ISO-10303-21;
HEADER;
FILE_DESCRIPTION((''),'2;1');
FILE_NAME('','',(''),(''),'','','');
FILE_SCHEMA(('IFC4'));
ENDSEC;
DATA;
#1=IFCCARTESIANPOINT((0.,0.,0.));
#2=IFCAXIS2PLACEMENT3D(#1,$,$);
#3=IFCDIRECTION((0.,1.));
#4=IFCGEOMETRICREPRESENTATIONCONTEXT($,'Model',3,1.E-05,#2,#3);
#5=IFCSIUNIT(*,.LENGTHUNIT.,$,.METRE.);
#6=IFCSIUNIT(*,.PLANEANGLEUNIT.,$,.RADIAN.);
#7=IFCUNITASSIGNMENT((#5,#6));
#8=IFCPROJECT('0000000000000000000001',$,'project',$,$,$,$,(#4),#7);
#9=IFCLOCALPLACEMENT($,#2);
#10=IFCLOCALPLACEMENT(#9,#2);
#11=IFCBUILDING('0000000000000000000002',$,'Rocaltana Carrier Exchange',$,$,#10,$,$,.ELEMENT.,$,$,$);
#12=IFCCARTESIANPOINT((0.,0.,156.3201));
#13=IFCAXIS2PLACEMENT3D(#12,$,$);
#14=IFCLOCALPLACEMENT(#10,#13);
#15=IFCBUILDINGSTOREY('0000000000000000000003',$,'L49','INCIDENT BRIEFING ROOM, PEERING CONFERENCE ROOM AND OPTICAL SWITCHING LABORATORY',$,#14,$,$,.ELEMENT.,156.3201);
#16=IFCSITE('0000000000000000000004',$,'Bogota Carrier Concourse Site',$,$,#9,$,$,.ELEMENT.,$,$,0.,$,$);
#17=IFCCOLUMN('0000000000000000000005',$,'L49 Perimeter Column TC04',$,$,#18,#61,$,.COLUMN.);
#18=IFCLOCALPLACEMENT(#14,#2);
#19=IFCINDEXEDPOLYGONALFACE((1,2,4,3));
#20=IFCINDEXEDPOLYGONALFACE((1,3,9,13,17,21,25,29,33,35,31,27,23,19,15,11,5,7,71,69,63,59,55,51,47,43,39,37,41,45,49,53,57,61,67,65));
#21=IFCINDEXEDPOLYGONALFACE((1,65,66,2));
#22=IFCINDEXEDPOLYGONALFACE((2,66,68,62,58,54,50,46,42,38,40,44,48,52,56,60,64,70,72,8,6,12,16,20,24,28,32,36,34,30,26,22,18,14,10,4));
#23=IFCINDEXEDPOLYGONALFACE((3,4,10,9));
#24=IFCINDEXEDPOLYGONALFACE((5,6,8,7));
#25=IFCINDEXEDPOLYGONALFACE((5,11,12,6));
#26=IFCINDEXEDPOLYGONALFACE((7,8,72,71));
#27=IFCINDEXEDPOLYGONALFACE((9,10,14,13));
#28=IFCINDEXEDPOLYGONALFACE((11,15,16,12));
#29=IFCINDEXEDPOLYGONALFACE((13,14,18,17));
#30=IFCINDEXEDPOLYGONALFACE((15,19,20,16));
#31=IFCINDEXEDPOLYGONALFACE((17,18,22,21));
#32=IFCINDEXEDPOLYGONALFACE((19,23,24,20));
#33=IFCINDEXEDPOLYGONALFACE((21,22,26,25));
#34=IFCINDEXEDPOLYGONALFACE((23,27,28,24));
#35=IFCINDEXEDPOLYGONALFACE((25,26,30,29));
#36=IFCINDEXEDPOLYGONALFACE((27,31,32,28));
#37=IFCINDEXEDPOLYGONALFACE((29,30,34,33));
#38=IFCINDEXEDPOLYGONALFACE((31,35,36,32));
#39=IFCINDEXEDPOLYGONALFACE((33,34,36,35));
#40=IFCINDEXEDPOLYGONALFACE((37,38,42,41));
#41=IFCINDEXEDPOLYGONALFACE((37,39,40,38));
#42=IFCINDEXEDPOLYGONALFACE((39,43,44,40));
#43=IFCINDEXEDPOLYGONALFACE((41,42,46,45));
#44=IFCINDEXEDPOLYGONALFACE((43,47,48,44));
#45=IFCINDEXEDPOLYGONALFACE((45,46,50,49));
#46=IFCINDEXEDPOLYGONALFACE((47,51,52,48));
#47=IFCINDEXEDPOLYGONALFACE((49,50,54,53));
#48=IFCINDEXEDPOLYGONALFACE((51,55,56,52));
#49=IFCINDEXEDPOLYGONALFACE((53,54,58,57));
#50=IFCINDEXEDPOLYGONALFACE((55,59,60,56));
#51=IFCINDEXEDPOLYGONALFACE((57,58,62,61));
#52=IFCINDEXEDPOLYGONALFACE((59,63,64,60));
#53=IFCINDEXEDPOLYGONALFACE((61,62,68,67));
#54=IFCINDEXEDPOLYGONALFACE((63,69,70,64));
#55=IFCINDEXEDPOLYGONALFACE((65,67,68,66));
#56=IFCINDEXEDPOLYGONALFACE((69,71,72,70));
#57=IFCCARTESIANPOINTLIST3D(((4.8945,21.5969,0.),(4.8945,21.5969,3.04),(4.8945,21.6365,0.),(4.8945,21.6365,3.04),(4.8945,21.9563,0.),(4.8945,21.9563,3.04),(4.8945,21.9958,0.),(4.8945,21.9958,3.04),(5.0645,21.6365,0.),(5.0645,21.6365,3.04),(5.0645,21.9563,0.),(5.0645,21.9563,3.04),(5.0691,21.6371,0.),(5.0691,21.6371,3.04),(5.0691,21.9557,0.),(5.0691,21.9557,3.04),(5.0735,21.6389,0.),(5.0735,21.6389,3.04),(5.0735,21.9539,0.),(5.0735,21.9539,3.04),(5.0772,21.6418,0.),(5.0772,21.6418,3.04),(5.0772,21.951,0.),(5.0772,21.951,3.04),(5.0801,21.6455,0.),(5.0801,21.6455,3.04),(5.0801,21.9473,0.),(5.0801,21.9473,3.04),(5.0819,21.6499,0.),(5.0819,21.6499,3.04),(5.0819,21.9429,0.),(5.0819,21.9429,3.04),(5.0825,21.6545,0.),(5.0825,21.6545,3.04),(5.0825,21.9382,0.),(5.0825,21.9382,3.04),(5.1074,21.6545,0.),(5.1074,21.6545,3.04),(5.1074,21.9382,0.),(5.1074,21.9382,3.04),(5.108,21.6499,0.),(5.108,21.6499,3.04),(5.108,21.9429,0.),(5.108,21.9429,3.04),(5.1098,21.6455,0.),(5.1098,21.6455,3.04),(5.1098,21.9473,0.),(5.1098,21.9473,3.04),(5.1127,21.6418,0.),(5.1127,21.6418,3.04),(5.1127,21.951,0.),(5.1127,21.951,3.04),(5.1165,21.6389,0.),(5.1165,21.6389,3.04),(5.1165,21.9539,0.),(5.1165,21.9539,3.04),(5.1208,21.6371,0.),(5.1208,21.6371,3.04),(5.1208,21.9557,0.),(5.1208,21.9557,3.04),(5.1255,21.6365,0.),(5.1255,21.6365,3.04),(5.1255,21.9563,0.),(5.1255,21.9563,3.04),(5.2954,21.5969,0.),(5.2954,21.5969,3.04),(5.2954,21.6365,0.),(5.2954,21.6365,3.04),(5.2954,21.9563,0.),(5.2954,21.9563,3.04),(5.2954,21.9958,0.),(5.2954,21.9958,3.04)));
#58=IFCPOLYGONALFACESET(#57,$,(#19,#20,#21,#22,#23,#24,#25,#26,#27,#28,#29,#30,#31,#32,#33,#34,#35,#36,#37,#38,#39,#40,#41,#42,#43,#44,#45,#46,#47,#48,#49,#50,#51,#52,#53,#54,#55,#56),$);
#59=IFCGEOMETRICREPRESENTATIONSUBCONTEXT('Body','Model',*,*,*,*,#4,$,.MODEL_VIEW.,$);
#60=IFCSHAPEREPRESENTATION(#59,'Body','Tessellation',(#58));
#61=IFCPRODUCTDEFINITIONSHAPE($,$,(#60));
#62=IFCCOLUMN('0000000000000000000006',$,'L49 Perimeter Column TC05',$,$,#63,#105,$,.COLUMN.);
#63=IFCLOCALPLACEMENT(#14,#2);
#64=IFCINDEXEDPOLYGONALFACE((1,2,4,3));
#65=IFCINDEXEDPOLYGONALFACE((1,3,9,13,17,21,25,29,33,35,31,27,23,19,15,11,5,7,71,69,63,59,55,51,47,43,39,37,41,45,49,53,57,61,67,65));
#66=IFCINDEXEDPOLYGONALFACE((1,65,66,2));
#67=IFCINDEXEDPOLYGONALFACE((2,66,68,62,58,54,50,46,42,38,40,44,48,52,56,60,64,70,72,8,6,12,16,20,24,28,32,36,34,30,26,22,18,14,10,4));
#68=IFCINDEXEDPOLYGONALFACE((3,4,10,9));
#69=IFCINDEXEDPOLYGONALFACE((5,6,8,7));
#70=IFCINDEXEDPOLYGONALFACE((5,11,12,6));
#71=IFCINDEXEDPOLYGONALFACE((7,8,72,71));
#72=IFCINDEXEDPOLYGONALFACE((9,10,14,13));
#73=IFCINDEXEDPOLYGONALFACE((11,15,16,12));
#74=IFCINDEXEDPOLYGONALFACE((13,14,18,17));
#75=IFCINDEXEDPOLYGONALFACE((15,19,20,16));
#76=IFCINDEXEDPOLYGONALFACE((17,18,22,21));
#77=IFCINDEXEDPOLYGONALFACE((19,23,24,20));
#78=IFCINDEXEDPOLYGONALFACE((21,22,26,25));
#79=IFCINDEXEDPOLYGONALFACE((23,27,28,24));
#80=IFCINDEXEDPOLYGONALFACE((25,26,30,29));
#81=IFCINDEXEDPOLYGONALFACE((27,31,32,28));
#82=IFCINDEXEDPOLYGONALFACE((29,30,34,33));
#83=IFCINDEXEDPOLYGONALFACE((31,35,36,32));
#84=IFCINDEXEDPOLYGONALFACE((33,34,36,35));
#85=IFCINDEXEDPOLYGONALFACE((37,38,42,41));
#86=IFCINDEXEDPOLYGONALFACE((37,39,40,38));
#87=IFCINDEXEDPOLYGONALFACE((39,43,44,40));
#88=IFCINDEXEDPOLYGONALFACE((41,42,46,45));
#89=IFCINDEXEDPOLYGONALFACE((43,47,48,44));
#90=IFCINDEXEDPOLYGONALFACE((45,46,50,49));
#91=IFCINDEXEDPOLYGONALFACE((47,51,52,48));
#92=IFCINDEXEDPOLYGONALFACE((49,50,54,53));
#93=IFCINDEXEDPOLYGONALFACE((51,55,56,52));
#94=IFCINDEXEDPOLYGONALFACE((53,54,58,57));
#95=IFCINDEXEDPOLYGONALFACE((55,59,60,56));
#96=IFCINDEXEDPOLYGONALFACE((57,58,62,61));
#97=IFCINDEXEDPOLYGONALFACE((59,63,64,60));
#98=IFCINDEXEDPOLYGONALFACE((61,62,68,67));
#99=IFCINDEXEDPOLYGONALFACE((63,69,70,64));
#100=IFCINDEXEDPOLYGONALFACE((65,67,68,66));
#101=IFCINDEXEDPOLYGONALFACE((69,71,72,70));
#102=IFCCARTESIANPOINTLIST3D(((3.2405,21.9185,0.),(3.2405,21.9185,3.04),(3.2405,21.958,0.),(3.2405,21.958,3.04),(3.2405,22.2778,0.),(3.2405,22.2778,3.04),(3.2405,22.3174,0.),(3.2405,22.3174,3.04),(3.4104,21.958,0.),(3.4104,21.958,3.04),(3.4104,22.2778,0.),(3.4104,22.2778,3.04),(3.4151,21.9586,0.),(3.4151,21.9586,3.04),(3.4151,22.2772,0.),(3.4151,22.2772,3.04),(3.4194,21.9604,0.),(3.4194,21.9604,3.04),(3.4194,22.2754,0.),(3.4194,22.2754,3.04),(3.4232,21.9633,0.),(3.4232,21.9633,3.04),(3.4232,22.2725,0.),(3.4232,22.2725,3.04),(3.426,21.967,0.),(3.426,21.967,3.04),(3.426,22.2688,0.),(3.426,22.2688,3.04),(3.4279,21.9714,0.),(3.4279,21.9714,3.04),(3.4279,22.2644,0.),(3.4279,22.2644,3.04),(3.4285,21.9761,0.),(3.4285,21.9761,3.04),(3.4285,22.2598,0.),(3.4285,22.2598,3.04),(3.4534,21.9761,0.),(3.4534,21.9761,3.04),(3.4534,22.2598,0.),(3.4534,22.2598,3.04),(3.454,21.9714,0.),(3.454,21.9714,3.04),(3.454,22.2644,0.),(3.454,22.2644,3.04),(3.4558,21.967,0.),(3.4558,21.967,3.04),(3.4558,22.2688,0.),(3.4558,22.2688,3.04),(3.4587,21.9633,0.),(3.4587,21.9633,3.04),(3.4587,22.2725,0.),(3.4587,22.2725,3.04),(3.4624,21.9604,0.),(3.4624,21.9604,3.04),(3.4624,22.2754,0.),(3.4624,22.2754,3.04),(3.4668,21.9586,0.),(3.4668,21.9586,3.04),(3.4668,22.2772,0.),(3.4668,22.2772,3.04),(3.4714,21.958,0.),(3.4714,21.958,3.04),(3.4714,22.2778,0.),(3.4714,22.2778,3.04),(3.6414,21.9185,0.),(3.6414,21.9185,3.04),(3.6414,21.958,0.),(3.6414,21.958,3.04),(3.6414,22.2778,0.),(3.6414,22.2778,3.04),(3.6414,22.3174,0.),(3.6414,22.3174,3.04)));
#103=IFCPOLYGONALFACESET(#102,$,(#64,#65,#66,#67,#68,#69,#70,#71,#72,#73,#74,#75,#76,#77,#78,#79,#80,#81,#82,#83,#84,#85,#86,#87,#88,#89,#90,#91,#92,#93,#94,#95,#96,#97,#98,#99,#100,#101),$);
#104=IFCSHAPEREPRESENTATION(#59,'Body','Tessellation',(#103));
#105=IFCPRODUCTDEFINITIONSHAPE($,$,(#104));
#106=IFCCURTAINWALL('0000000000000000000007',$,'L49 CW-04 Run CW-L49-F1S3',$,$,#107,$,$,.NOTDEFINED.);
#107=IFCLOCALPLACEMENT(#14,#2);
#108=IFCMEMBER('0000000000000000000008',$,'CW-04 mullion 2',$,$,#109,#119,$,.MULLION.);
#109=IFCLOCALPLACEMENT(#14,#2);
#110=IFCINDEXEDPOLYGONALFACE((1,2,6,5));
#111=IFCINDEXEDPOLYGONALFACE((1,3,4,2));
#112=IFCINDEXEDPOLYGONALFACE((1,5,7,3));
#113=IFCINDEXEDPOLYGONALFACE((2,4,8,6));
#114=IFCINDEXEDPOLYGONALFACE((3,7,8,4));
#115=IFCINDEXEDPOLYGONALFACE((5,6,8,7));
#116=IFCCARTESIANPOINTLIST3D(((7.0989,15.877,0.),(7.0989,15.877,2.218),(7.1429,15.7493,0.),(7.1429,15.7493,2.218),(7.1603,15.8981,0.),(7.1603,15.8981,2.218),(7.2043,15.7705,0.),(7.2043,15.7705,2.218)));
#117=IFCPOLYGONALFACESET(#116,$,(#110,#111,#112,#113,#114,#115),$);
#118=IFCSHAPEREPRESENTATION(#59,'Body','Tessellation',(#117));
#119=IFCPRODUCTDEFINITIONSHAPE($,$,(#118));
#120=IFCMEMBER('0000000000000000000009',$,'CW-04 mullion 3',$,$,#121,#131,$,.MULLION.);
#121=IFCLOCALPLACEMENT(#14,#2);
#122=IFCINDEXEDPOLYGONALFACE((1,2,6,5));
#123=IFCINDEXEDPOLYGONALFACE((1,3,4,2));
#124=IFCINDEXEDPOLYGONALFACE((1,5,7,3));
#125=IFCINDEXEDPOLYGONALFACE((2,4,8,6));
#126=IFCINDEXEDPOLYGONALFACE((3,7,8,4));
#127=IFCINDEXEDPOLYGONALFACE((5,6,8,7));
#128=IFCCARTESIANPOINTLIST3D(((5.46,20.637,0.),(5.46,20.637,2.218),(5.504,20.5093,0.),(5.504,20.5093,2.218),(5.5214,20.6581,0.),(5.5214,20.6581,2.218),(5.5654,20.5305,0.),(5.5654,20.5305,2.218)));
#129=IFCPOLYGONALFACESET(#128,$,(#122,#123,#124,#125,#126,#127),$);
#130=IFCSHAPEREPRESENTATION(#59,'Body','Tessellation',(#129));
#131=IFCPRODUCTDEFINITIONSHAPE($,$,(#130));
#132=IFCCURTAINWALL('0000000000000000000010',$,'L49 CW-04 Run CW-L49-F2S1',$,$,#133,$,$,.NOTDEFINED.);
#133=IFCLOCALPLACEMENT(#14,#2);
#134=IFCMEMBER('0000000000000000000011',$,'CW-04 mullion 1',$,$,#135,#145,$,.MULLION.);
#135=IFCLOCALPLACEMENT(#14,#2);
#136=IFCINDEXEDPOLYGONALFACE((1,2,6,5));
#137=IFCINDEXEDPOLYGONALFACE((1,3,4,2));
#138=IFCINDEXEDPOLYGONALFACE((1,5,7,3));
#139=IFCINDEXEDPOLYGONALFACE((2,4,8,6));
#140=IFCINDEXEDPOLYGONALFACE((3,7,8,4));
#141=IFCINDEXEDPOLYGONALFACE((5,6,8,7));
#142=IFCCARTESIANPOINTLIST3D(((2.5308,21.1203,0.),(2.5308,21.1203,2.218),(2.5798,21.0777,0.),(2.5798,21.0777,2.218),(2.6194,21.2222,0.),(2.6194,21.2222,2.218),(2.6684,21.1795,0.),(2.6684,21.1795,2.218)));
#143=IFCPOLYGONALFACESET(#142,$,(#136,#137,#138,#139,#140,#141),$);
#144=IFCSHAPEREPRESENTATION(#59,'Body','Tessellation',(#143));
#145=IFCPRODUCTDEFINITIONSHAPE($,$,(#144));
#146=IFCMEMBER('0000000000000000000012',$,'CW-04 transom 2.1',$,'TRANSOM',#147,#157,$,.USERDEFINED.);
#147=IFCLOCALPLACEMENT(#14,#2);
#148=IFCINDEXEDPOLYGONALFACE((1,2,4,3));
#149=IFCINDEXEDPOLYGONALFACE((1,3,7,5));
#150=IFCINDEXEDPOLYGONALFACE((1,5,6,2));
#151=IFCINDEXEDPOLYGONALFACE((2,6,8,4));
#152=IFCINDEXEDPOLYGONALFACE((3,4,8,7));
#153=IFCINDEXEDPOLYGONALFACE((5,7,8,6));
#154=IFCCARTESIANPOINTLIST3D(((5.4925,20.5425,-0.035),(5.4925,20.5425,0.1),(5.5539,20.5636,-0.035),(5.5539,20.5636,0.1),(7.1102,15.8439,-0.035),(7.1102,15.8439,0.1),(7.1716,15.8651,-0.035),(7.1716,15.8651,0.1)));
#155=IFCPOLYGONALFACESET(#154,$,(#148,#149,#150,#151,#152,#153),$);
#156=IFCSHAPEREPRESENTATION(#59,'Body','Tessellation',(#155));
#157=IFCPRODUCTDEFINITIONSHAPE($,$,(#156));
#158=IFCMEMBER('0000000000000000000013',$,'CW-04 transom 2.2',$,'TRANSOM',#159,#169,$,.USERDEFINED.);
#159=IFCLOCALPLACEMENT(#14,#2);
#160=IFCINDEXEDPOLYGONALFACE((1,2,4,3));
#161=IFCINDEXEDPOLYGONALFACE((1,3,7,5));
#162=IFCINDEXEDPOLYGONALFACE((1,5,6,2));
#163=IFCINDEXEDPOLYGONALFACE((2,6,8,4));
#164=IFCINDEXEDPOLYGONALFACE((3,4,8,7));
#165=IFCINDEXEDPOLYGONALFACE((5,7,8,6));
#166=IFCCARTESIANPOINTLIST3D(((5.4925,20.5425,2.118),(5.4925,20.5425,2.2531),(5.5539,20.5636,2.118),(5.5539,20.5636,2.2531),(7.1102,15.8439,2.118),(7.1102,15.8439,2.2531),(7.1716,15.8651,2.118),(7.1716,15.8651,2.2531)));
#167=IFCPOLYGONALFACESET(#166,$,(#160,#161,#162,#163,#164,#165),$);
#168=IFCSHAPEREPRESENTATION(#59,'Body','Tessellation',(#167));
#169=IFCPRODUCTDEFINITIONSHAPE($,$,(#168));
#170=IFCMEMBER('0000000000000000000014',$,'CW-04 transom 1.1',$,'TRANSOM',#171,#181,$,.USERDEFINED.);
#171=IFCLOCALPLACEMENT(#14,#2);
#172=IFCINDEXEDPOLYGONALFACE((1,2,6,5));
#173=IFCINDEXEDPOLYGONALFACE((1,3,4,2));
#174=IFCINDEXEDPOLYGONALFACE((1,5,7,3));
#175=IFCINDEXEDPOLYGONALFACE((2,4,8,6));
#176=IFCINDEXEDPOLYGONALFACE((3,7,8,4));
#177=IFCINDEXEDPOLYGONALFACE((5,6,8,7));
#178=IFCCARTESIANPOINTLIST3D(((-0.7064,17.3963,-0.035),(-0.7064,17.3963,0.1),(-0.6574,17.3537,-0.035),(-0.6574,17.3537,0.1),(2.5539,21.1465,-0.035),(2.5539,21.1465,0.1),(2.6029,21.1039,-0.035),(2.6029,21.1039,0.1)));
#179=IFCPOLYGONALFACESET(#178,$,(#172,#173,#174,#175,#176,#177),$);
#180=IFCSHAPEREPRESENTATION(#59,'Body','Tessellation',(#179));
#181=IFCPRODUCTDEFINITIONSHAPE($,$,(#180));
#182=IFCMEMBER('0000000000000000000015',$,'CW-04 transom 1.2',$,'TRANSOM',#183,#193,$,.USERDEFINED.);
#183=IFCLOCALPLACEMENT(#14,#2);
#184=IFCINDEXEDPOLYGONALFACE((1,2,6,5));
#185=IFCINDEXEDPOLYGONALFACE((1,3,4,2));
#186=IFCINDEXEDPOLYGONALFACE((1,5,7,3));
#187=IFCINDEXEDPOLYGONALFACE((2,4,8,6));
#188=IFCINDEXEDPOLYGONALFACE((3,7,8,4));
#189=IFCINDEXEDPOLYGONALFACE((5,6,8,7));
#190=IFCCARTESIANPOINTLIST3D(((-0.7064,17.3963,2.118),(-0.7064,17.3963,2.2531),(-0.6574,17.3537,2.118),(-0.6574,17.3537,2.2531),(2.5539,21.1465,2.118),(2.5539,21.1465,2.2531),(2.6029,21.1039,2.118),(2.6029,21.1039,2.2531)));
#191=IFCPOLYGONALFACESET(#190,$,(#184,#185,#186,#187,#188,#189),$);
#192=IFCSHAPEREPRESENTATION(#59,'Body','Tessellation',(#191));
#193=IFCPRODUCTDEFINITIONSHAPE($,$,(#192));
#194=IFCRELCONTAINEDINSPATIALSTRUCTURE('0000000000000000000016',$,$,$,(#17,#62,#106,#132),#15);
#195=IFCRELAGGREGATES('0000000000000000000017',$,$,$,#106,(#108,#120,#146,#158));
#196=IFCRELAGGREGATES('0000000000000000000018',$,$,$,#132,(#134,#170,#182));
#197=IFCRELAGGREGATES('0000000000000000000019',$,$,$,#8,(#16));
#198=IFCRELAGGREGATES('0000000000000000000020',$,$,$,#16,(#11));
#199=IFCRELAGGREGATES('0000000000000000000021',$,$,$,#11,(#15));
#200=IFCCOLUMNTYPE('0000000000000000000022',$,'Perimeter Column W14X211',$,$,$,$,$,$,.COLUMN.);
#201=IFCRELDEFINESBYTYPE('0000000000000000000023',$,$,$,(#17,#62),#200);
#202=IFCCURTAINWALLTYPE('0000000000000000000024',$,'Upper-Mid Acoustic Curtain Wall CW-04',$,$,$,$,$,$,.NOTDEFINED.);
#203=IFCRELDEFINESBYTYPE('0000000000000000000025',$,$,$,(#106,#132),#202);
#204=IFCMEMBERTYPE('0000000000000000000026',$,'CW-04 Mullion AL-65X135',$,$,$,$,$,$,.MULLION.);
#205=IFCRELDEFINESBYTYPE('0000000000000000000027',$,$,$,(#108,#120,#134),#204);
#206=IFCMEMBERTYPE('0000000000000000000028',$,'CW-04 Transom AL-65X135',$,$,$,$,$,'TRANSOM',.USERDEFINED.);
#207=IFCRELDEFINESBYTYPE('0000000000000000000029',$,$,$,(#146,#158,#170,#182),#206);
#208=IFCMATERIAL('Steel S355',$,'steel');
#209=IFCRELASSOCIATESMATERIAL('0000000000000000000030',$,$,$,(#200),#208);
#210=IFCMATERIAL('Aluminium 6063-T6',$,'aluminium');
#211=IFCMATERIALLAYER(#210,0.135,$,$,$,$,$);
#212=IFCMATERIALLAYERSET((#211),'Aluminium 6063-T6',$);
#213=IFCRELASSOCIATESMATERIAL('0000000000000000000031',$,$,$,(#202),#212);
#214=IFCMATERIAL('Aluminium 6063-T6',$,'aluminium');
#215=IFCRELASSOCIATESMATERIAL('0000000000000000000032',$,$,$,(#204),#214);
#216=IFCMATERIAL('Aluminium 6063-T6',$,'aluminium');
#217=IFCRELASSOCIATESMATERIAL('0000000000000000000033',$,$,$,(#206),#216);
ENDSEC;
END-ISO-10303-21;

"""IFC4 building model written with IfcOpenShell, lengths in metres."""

from ifc_helpers import new_model, si_unit, direction, frame, origin, origin_2d, place, context, subcontext, project, spatial, rectangle, i_section, extrude, material, layer, layer_set, material_profile, profile_set, type_object, element, aggregate, save


model = new_model("IFC4")

# Units and contexts
model_context = context("Model", 3, precision=1e-05, world=origin(), true_north=direction((0.0, 1.0)))
body_context = subcontext(model_context, "Body", "Model", "MODEL_VIEW")
ifc_project = project(units=[si_unit("LENGTHUNIT", "METRE"), si_unit("PLANEANGLEUNIT", "RADIAN")], contexts=[model_context])

# Site, building, storey
site_placement = place(None, origin())
site = spatial("IfcSite", under=ifc_project, at=site_placement, Name="Bogota Carrier Concourse Site", CompositionType="ELEMENT", RefElevation=0.0)
building_placement = place(site_placement, origin())
building = spatial("IfcBuilding", under=site, at=building_placement, Name="Rocaltana Carrier Exchange", CompositionType="ELEMENT")
storey_placement = place(building_placement, frame((0.0, 0.0, 156.3201)))
storey = spatial("IfcBuildingStorey", under=building, at=storey_placement, Name="L49", Description="INCIDENT BRIEFING ROOM, PEERING CONFERENCE ROOM AND OPTICAL SWITCHING LABORATORY", CompositionType="ELEMENT", Elevation=156.3201)

# Columns
ifc_material_1 = material(Name="Steel S355", Category="steel")
ifc_material_profile_1 = material_profile(ifc_material_1, i_section(OverallWidth=0.4009, OverallDepth=0.3989, WebThickness=0.0249, FlangeThickness=0.0396, FilletRadius=0.0181, at=origin_2d()), Name="W14X211")
ifc_profile_set_1 = profile_set([ifc_material_profile_1], Name="Steel S355")
column_type = type_object("IfcColumnType", Name="Perimeter Column W14X211", PredefinedType="COLUMN", material=ifc_profile_set_1)
for number, where, z_axis, x_axis, name in (
    (1, (5.095, 21.7964, 0.0), (0.0, 0.0, 1.0), (1.0, 0.0, 0.0), "L49 Perimeter Column TC04"),
    (2, (3.4409, 22.1179, 0.0), (0.0, 0.0, 1.0), (1.0, 0.0, 0.0), "L49 Perimeter Column TC05"),
):
    element("IfcColumn", number, at=place(storey_placement, frame(where, z_axis=z_axis, x_axis=x_axis)), inside=storey, type_object=column_type, Name=name, PredefinedType="COLUMN", context=body_context, shape_type="SweptSolid", body=[
        extrude(i_section(OverallWidth=0.4009, OverallDepth=0.3989, WebThickness=0.0249, FlangeThickness=0.0396, FilletRadius=0.0181, at=origin_2d()), origin(), (0.0, 0.0, 1.0), 3.04),
    ])

# Curtain wall, members
ifc_material_2 = material(Name="Aluminium 6063-T6", Category="aluminium")
ifc_layer_1 = layer(ifc_material_2, 0.135)
ifc_layer_set_1 = layer_set([ifc_layer_1], Name="Aluminium 6063-T6")
curtain_wall_type = type_object("IfcCurtainWallType", Name="Upper-Mid Acoustic Curtain Wall CW-04", PredefinedType="NOTDEFINED", material=ifc_layer_set_1)
curtain_wall_1_placement = place(storey_placement, origin())
curtain_wall_1 = element("IfcCurtainWall", 3, at=curtain_wall_1_placement, inside=storey, type_object=curtain_wall_type, Name="L49 CW-04 Run CW-L49-F1S3", PredefinedType="NOTDEFINED")
ifc_material_3 = material(Name="Aluminium 6063-T6", Category="aluminium")
ifc_material_profile_2 = material_profile(ifc_material_3, rectangle(XDim=0.0649, YDim=0.135, at=origin_2d()), Name="AL-65X135")
ifc_profile_set_2 = profile_set([ifc_material_profile_2], Name="Aluminium 6063-T6")
member_type_1 = type_object("IfcMemberType", Name="CW-04 Mullion AL-65X135", PredefinedType="MULLION", material=ifc_profile_set_2)
member_1_placement = place(storey_placement, frame((7.1516, 15.8237, 0.0), z_axis=(0.0, 0.0, 1.0), x_axis=(-0.945522, -0.325559, 0.0)))
member_1 = element("IfcMember", 4, at=member_1_placement, type_object=member_type_1, Name="CW-04 mullion 2", PredefinedType="MULLION", context=body_context, shape_type="SweptSolid", body=[
    extrude(rectangle(XDim=0.0649, YDim=0.135, at=origin_2d()), origin(), (0.0, 0.0, 1.0), 2.218),
])
member_2_placement = place(storey_placement, frame((5.5127, 20.5837, 0.0), z_axis=(0.0, 0.0, 1.0), x_axis=(-0.945522, -0.325559, 0.0)))
member_2 = element("IfcMember", 5, at=member_2_placement, type_object=member_type_1, Name="CW-04 mullion 3", PredefinedType="MULLION", context=body_context, shape_type="SweptSolid", body=[
    extrude(rectangle(XDim=0.0649, YDim=0.135, at=origin_2d()), origin(), (0.0, 0.0, 1.0), 2.218),
])

# Curtain wall, member
curtain_wall_2_placement = place(storey_placement, origin())
curtain_wall_2 = element("IfcCurtainWall", 6, at=curtain_wall_2_placement, inside=storey, type_object=curtain_wall_type, Name="L49 CW-04 Run CW-L49-F2S1", PredefinedType="NOTDEFINED")
member_3_placement = place(storey_placement, frame((2.5996, 21.1499, 0.0), z_axis=(0.0, 0.0, 1.0), x_axis=(0.754712, -0.656057, 0.0)))
member_3 = element("IfcMember", 7, at=member_3_placement, type_object=member_type_1, Name="CW-04 mullion 1", PredefinedType="MULLION", context=body_context, shape_type="SweptSolid", body=[
    extrude(rectangle(XDim=0.0649, YDim=0.135, at=origin_2d()), origin(), (0.0, 0.0, 1.0), 2.218),
])

# Members
ifc_material_4 = material(Name="Aluminium 6063-T6", Category="aluminium")
ifc_material_profile_3 = material_profile(ifc_material_4, rectangle(XDim=0.0649, YDim=0.135, at=origin_2d()), Name="AL-65X135")
ifc_profile_set_3 = profile_set([ifc_material_profile_3], Name="Aluminium 6063-T6")
member_type_2 = type_object("IfcMemberType", Name="CW-04 Transom AL-65X135", ElementType="TRANSOM", PredefinedType="USERDEFINED", material=ifc_profile_set_3)
member_4_placement = place(storey_placement, frame((7.1409, 15.8545, 0.0325), z_axis=(-0.325542, 0.945527, 0.0), x_axis=(-0.945527, -0.325542, 0.0)))
member_4 = element("IfcMember", 8, at=member_4_placement, type_object=member_type_2, Name="CW-04 transom 2.1", ObjectType="TRANSOM", PredefinedType="USERDEFINED", context=body_context, shape_type="SweptSolid", body=[
    extrude(rectangle(XDim=0.0649, YDim=0.135, at=origin_2d()), origin(), (0.0, 0.0, 1.0), 4.9692),
])
member_5_placement = place(storey_placement, frame((7.1409, 15.8545, 2.1855), z_axis=(-0.325542, 0.945527, 0.0), x_axis=(-0.945527, -0.325542, 0.0)))
member_5 = element("IfcMember", 9, at=member_5_placement, type_object=member_type_2, Name="CW-04 transom 2.2", ObjectType="TRANSOM", PredefinedType="USERDEFINED", context=body_context, shape_type="SweptSolid", body=[
    extrude(rectangle(XDim=0.0649, YDim=0.135, at=origin_2d()), origin(), (0.0, 0.0, 1.0), 4.9692),
])
member_6_placement = place(storey_placement, frame((2.5784, 21.1252, 0.0325), z_axis=(-0.656084, -0.754688, 0.0), x_axis=(0.754688, -0.656084, 0.0)))
member_6 = element("IfcMember", 10, at=member_6_placement, type_object=member_type_2, Name="CW-04 transom 1.1", ObjectType="TRANSOM", PredefinedType="USERDEFINED", context=body_context, shape_type="SweptSolid", body=[
    extrude(rectangle(XDim=0.0649, YDim=0.135, at=origin_2d()), origin(), (0.0, 0.0, 1.0), 4.9692),
])
member_7_placement = place(storey_placement, frame((2.5784, 21.1252, 2.1855), z_axis=(-0.656084, -0.754688, 0.0), x_axis=(0.754688, -0.656084, 0.0)))
member_7 = element("IfcMember", 11, at=member_7_placement, type_object=member_type_2, Name="CW-04 transom 1.2", ObjectType="TRANSOM", PredefinedType="USERDEFINED", context=body_context, shape_type="SweptSolid", body=[
    extrude(rectangle(XDim=0.0649, YDim=0.135, at=origin_2d()), origin(), (0.0, 0.0, 1.0), 4.9692),
])

aggregate(curtain_wall_1, [member_1, member_2, member_4, member_5])
aggregate(curtain_wall_2, [member_3, member_6, member_7])

save(model, "model.ifc")
